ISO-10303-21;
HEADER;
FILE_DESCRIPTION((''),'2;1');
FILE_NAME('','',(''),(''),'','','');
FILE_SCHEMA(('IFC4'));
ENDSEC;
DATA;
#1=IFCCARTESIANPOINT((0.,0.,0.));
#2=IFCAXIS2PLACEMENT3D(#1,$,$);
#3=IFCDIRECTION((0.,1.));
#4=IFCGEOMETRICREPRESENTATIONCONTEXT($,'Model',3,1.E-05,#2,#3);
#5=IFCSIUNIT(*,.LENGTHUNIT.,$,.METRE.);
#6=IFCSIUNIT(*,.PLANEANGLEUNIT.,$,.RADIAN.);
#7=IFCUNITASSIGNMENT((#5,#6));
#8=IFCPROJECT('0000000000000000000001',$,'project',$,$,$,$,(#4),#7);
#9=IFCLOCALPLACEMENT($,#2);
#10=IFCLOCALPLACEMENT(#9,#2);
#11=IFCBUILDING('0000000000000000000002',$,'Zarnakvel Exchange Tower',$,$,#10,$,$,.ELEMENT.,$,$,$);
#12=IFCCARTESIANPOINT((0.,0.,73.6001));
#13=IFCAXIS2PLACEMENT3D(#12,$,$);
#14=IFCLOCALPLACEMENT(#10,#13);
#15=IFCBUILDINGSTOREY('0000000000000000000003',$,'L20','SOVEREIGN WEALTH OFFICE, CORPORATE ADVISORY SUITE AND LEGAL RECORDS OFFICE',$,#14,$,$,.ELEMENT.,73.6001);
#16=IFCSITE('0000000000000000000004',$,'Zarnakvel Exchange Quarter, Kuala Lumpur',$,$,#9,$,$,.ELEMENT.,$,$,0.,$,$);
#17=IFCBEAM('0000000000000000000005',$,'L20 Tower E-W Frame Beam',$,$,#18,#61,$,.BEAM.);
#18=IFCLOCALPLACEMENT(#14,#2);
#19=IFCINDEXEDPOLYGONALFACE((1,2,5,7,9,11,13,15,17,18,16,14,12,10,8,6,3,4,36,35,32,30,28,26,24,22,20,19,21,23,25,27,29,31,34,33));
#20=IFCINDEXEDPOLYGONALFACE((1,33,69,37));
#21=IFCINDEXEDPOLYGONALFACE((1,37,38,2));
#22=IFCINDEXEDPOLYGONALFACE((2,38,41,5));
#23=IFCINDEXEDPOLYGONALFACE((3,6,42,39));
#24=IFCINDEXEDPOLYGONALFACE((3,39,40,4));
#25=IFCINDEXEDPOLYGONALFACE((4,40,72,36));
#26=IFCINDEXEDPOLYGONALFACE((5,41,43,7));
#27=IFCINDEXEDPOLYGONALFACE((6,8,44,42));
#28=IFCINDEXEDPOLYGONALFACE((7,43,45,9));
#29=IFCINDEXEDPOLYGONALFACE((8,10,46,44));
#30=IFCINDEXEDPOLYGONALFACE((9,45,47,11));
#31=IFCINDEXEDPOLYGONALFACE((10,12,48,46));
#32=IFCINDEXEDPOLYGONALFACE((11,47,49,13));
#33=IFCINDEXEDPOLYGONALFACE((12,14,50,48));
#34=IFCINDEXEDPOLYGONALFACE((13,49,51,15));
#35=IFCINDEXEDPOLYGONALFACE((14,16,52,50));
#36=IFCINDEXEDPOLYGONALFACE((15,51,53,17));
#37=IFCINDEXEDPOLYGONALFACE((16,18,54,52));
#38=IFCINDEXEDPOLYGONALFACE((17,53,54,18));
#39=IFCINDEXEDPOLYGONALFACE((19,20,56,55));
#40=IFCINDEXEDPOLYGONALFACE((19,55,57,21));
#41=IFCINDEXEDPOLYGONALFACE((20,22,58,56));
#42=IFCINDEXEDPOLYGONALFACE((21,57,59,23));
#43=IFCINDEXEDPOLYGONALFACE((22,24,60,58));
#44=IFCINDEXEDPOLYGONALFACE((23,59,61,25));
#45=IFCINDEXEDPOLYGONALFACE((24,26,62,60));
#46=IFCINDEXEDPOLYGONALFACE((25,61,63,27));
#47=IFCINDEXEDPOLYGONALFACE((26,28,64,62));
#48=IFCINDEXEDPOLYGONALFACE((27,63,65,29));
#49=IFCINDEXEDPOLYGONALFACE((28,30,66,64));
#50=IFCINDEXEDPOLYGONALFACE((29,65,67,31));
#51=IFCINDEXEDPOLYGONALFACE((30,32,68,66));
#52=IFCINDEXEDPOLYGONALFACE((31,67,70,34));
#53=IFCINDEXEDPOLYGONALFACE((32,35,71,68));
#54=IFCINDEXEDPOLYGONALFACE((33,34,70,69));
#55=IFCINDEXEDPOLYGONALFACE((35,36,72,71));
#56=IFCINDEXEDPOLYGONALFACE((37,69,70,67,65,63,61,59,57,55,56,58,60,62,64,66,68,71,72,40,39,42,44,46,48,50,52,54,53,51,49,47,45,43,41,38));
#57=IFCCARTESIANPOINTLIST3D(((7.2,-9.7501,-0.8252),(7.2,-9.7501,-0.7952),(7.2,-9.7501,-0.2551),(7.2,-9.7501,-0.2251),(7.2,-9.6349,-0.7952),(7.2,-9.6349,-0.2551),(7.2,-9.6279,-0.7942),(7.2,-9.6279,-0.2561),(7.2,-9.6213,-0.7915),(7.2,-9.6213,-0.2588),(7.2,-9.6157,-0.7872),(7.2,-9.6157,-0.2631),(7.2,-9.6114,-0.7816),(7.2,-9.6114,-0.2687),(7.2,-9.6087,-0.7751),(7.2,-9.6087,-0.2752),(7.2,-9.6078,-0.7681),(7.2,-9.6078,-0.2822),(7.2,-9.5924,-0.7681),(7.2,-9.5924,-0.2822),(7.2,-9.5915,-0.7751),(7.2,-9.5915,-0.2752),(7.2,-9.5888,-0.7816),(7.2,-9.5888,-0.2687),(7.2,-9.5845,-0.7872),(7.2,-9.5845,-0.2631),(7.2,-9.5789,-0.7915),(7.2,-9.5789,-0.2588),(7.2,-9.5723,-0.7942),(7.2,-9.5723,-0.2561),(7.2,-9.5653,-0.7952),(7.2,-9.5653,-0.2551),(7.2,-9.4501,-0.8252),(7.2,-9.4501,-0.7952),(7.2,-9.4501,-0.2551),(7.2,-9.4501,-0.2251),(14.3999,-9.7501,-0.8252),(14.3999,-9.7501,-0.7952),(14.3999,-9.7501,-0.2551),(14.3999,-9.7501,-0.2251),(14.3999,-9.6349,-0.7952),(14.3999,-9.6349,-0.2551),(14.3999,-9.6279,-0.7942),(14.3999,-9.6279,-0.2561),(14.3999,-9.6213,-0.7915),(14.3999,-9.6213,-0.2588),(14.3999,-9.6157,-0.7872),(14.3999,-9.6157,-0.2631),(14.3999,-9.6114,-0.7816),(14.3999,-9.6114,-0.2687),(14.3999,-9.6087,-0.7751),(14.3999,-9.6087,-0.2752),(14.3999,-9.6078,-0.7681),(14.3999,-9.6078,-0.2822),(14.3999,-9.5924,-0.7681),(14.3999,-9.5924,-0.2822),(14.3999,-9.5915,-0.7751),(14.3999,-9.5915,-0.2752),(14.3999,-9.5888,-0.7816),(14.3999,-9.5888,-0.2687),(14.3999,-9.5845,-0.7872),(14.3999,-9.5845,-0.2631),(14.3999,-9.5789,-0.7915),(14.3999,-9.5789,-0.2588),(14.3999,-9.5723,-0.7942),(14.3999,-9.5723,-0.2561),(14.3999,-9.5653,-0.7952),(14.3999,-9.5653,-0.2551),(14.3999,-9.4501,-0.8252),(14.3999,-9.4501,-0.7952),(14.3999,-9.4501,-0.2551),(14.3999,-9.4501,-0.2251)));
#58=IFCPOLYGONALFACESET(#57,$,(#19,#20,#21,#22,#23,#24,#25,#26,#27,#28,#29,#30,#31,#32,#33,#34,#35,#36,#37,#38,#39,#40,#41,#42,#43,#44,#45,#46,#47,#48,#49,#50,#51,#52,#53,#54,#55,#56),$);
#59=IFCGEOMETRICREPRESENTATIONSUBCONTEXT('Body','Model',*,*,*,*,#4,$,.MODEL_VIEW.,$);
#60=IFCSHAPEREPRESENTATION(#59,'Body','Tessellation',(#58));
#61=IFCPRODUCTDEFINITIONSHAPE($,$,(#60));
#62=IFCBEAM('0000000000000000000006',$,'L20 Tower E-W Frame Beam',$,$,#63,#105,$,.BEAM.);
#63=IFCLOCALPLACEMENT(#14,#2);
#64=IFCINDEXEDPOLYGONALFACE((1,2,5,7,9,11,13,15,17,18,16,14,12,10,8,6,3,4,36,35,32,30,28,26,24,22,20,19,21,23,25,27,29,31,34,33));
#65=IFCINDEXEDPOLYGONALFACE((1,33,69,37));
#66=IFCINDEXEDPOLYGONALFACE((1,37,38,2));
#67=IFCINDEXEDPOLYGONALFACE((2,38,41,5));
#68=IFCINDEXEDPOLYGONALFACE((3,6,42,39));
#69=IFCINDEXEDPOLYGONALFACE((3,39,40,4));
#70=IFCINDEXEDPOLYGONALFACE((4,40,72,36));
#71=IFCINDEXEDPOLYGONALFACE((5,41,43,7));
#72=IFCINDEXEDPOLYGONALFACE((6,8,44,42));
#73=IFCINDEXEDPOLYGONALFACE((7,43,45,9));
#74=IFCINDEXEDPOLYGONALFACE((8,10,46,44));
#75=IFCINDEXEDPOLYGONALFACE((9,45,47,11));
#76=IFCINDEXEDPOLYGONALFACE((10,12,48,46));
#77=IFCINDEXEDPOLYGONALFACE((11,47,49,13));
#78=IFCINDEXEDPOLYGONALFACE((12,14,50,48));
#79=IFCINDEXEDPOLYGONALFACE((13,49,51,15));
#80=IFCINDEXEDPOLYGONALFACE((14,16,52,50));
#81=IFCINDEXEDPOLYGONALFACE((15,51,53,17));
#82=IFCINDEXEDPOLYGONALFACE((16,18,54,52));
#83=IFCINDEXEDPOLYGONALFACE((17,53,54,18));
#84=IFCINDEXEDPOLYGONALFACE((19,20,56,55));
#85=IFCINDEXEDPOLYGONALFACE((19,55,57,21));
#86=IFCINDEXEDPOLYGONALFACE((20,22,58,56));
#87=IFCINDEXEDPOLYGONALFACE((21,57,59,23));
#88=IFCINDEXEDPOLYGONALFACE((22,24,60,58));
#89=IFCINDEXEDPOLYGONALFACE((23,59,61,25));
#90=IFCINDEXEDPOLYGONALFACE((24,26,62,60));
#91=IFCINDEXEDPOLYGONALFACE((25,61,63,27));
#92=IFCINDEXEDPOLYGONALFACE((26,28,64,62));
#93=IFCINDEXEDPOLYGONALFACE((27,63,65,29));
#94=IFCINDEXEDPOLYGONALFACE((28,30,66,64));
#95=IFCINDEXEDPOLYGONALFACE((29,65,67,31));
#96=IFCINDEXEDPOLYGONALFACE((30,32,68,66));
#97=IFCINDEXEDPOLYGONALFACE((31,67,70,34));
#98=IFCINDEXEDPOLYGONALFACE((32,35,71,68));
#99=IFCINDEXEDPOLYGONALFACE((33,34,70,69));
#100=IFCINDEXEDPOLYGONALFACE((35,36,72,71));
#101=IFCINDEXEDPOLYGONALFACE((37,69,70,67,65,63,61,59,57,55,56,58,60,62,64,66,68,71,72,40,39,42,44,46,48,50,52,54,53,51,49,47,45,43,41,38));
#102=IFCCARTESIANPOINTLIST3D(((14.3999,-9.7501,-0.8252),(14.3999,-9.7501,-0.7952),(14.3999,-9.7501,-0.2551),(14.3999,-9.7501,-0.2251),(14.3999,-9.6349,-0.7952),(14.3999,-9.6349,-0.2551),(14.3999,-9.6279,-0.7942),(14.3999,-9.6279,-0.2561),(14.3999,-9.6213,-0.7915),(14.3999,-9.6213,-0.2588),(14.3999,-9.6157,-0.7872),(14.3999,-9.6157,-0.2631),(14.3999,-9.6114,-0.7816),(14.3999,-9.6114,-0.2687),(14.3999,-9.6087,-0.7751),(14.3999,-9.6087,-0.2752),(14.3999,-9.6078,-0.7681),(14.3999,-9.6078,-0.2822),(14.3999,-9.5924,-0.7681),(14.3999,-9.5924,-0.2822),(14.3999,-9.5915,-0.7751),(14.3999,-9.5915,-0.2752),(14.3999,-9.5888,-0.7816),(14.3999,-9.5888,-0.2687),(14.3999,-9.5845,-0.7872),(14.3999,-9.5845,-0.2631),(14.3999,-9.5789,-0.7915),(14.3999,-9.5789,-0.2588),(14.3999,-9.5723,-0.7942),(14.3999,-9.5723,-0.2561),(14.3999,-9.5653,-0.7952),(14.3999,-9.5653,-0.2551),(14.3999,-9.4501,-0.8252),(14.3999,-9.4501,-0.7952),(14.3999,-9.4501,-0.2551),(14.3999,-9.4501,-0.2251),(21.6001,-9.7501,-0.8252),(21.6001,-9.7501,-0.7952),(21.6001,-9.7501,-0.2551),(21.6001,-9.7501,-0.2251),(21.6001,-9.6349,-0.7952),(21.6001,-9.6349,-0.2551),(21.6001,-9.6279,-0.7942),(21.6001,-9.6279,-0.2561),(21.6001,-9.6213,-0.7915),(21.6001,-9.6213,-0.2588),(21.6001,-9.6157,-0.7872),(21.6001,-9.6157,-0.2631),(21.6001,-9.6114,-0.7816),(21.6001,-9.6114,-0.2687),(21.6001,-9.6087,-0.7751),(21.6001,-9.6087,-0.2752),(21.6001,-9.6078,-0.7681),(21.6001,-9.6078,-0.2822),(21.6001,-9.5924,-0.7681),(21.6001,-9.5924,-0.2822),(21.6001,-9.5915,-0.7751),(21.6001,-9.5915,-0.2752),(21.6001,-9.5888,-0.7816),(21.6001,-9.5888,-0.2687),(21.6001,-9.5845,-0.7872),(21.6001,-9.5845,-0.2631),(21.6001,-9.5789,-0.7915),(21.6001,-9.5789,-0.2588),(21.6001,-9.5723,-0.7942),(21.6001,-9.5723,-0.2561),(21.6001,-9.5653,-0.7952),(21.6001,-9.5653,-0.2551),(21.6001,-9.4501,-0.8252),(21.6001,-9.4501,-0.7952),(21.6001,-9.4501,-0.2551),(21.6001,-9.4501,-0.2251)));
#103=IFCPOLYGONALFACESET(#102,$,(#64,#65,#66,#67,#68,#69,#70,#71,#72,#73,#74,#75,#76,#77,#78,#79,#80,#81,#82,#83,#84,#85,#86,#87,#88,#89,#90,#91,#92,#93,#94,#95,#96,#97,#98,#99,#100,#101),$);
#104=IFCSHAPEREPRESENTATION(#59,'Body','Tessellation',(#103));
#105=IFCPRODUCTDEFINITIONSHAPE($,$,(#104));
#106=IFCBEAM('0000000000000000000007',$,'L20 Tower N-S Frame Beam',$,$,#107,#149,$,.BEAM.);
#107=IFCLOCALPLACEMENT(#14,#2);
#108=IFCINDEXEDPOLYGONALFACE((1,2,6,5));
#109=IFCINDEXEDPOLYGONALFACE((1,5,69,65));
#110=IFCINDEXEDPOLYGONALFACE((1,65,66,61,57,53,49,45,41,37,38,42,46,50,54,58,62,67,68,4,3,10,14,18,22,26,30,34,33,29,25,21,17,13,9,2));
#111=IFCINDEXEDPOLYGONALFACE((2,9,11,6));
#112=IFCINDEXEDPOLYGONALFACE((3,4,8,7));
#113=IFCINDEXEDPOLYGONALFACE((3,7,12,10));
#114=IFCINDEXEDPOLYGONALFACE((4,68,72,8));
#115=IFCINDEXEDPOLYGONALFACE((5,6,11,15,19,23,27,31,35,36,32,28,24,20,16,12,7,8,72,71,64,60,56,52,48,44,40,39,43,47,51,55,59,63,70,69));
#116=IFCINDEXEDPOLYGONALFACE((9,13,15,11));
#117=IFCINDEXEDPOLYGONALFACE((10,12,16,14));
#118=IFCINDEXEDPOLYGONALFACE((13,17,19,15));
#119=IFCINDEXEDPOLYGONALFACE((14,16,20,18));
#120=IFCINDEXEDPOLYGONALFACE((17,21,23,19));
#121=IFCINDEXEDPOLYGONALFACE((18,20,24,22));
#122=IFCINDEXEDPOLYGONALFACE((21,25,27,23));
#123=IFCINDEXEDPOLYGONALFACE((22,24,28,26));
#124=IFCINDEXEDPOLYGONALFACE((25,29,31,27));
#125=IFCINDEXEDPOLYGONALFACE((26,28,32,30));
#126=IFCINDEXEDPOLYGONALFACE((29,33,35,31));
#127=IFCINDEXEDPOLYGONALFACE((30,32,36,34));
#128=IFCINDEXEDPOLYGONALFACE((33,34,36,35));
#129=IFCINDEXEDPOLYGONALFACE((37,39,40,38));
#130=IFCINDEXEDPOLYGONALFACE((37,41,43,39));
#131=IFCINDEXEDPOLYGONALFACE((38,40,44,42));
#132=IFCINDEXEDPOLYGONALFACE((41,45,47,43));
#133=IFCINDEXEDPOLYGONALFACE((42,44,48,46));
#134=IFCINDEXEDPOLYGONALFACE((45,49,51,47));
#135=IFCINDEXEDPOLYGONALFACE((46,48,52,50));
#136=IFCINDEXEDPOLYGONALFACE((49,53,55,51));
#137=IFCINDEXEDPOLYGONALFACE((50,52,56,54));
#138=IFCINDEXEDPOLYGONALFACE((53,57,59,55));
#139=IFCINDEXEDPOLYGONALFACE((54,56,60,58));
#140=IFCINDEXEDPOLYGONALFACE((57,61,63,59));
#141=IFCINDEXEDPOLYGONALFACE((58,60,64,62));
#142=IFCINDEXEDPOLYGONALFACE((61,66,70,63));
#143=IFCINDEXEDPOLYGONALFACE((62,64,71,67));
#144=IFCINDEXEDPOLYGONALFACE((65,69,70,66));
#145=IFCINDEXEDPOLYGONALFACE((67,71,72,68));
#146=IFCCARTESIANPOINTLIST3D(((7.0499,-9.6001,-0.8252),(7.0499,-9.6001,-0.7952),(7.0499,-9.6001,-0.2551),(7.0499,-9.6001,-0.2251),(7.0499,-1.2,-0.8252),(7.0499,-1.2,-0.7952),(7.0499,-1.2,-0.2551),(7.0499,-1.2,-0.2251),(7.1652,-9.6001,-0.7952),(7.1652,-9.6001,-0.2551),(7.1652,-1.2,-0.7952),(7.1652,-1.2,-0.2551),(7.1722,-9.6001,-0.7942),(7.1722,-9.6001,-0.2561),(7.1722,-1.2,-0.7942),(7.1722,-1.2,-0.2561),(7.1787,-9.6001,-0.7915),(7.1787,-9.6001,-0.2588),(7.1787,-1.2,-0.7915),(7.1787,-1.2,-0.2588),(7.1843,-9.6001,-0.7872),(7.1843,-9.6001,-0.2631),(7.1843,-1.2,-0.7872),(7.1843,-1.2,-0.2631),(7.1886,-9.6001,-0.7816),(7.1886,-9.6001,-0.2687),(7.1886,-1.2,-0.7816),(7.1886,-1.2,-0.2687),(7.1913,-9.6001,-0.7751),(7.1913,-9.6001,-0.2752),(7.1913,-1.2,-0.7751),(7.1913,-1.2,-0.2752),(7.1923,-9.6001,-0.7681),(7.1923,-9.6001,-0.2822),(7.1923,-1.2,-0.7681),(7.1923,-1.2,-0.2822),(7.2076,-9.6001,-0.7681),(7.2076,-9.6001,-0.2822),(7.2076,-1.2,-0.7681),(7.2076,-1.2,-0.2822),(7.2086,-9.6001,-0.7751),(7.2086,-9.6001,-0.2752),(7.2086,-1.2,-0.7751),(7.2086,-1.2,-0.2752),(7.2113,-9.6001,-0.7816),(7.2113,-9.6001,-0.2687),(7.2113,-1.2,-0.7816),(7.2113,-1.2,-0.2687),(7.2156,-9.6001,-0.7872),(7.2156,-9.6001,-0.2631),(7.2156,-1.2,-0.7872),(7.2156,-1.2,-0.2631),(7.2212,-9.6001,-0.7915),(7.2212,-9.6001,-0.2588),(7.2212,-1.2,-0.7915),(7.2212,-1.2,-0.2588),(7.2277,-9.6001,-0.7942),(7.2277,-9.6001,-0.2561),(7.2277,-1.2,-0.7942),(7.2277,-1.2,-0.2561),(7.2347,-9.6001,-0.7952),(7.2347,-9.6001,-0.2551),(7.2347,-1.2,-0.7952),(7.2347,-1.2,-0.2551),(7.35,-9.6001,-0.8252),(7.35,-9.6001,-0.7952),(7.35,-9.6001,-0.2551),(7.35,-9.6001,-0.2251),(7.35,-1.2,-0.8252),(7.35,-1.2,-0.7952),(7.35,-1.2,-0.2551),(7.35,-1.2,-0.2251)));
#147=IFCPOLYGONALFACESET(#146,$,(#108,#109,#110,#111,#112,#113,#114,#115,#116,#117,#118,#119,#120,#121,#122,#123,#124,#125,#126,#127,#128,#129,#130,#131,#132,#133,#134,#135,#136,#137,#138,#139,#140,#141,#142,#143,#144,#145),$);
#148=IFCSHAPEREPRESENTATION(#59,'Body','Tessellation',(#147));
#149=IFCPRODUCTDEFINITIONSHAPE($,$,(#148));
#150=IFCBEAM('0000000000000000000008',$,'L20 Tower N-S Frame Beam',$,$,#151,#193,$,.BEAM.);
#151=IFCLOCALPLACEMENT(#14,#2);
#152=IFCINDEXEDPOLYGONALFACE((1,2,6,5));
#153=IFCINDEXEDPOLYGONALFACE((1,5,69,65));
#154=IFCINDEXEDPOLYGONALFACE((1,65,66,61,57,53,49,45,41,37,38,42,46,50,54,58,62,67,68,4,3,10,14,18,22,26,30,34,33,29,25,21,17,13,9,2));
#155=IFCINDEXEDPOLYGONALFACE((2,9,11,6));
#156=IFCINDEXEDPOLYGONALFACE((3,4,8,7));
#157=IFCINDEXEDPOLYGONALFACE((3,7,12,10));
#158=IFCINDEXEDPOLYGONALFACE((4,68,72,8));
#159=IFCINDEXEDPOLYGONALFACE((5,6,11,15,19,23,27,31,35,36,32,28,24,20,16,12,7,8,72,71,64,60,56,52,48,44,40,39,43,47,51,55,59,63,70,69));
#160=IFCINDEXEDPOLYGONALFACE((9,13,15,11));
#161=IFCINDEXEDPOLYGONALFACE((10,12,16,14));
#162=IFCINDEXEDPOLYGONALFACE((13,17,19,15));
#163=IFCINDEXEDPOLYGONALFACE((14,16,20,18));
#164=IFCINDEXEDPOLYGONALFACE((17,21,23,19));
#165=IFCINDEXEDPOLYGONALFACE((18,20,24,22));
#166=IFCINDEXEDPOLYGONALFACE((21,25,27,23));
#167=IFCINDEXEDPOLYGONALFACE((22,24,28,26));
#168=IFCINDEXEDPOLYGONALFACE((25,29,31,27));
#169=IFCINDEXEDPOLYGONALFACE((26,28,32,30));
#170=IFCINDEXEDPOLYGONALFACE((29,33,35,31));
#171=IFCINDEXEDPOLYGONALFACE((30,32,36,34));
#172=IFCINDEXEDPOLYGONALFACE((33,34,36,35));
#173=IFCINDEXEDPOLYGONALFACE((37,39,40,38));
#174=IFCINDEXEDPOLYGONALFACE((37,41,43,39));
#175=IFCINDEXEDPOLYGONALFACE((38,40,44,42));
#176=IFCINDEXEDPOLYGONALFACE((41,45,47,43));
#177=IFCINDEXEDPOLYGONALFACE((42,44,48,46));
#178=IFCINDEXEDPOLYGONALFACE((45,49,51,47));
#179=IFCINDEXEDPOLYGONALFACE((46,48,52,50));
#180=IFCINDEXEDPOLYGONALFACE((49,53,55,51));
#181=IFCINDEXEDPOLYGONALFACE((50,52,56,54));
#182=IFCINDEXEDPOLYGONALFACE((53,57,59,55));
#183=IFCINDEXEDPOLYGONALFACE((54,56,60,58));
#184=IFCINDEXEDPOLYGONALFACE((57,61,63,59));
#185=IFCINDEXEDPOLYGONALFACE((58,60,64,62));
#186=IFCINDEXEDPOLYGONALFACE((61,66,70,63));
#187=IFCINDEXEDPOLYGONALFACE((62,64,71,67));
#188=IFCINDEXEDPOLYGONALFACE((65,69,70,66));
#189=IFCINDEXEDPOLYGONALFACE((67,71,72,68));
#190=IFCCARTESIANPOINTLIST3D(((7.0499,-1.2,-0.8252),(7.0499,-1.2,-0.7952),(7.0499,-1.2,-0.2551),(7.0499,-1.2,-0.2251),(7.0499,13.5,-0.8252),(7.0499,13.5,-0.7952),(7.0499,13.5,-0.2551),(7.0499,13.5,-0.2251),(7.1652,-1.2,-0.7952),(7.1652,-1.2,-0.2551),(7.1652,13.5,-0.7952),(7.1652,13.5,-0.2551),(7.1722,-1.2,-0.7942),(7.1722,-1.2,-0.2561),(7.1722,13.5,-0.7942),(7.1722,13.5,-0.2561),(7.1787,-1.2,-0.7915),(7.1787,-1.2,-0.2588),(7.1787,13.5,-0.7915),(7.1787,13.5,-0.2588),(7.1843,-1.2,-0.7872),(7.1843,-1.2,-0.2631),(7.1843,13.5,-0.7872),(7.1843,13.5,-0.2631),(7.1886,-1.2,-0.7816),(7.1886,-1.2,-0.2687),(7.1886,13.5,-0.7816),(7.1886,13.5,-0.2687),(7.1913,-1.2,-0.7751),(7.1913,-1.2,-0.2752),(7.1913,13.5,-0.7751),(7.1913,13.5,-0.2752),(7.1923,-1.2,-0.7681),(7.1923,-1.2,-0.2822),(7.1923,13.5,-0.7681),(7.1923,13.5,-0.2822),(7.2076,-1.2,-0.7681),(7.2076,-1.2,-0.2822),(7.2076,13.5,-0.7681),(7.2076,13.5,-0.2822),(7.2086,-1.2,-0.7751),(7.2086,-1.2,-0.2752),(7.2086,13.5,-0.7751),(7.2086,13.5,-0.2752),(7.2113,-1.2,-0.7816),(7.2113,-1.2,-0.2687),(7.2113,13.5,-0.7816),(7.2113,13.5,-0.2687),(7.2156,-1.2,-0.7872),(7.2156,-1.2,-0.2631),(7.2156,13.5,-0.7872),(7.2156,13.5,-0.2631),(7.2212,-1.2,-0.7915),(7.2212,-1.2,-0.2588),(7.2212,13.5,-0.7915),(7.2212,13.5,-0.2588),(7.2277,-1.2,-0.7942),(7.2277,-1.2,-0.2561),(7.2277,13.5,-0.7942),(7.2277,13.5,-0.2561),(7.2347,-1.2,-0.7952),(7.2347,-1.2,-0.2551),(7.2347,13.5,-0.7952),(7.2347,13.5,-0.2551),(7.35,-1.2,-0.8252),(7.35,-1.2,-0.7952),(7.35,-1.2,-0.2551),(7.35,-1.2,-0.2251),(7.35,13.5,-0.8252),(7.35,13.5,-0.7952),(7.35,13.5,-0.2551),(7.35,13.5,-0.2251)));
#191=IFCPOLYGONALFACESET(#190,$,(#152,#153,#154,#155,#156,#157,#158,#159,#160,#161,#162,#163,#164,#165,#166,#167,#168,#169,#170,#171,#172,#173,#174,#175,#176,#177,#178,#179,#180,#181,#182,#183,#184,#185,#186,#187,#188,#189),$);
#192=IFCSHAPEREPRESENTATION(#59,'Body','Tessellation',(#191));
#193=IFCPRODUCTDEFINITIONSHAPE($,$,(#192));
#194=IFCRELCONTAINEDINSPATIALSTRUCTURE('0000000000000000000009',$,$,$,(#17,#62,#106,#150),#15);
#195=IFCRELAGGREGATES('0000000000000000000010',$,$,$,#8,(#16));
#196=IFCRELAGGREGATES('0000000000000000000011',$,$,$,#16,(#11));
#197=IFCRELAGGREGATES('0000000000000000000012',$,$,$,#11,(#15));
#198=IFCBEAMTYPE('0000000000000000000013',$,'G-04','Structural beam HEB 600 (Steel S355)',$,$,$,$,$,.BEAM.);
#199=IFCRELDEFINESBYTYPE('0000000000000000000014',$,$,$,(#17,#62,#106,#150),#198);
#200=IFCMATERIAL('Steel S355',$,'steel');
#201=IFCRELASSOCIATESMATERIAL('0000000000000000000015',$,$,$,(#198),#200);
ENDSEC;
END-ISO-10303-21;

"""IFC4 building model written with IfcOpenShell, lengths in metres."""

from ifc_helpers import new_model, si_unit, direction, frame, origin, origin_2d, place, context, subcontext, project, spatial, i_section, extrude, material, material_profile, profile_set, type_object, element, save


model = new_model("IFC4")

# Units and contexts
model_context = context("Model", 3, precision=1e-05, world=origin(), true_north=direction((0.0, 1.0)))
body_context = subcontext(model_context, "Body", "Model", "MODEL_VIEW")
ifc_project = project(units=[si_unit("LENGTHUNIT", "METRE"), si_unit("PLANEANGLEUNIT", "RADIAN")], contexts=[model_context])

# Site, building, storey
site_placement = place(None, origin())
site = spatial("IfcSite", under=ifc_project, at=site_placement, Name="Zarnakvel Exchange Quarter, Kuala Lumpur", CompositionType="ELEMENT", RefElevation=0.0)
building_placement = place(site_placement, origin())
building = spatial("IfcBuilding", under=site, at=building_placement, Name="Zarnakvel Exchange Tower", CompositionType="ELEMENT")
storey_placement = place(building_placement, frame((0.0, 0.0, 73.6001)))
storey = spatial("IfcBuildingStorey", under=building, at=storey_placement, Name="L20", Description="SOVEREIGN WEALTH OFFICE, CORPORATE ADVISORY SUITE AND LEGAL RECORDS OFFICE", CompositionType="ELEMENT", Elevation=73.6001)

# Beams
ifc_material_1 = material(Name="Steel S355", Category="steel")
ifc_material_profile_1 = material_profile(ifc_material_1, i_section(OverallWidth=0.3, OverallDepth=0.6001, WebThickness=0.0154, FlangeThickness=0.03, FilletRadius=0.0271, at=origin_2d()))
ifc_profile_set_1 = profile_set([ifc_material_profile_1], Name="Steel S355")
beam_type_1 = type_object("IfcBeamType", Name="G-04", Description="Structural beam HEB 600 (Steel S355)", PredefinedType="BEAM", material=ifc_profile_set_1)
beam_1_placement = place(storey_placement, frame((7.2, -9.6001, -0.5251), z_axis=(1.0, 0.0, 0.0), x_axis=(0.0, 1.0, 0.0)))
element("IfcBeam", 1, at=beam_1_placement, inside=storey, type_object=beam_type_1, Name="L20 Tower E-W Frame Beam", PredefinedType="BEAM", context=body_context, shape_type="SweptSolid", body=[
    extrude(i_section(OverallWidth=0.3, OverallDepth=0.6001, WebThickness=0.0154, FlangeThickness=0.03, FilletRadius=0.0271, at=origin_2d()), origin(), (0.0, 0.0, 1.0), 7.2),
])
beam_2_placement = place(storey_placement, frame((14.3999, -9.6001, -0.5251), z_axis=(1.0, 0.0, 0.0), x_axis=(0.0, 1.0, 0.0)))
element("IfcBeam", 2, at=beam_2_placement, inside=storey, type_object=beam_type_1, Name="L20 Tower E-W Frame Beam", PredefinedType="BEAM", context=body_context, shape_type="SweptSolid", body=[
    extrude(i_section(OverallWidth=0.3, OverallDepth=0.6001, WebThickness=0.0154, FlangeThickness=0.03, FilletRadius=0.0271, at=origin_2d()), origin(), (0.0, 0.0, 1.0), 7.2002),
])
beam_3_placement = place(storey_placement, frame((7.2, -9.6001, -0.5251), z_axis=(0.0, 1.0, 0.0), x_axis=(-1.0, 0.0, 0.0)))
element("IfcBeam", 3, at=beam_3_placement, inside=storey, type_object=beam_type_1, Name="L20 Tower N-S Frame Beam", PredefinedType="BEAM", context=body_context, shape_type="SweptSolid", body=[
    extrude(i_section(OverallWidth=0.3, OverallDepth=0.6001, WebThickness=0.0154, FlangeThickness=0.03, FilletRadius=0.0271, at=origin_2d()), origin(), (0.0, 0.0, 1.0), 8.4001),
])
beam_4_placement = place(storey_placement, frame((7.2, -1.2, -0.5251), z_axis=(0.0, 1.0, 0.0), x_axis=(-1.0, 0.0, 0.0)))
element("IfcBeam", 4, at=beam_4_placement, inside=storey, type_object=beam_type_1, Name="L20 Tower N-S Frame Beam", PredefinedType="BEAM", context=body_context, shape_type="SweptSolid", body=[
    extrude(i_section(OverallWidth=0.3, OverallDepth=0.6001, WebThickness=0.0154, FlangeThickness=0.03, FilletRadius=0.0271, at=origin_2d()), origin(), (0.0, 0.0, 1.0), 14.7),
])

save(model, "model.ifc")
